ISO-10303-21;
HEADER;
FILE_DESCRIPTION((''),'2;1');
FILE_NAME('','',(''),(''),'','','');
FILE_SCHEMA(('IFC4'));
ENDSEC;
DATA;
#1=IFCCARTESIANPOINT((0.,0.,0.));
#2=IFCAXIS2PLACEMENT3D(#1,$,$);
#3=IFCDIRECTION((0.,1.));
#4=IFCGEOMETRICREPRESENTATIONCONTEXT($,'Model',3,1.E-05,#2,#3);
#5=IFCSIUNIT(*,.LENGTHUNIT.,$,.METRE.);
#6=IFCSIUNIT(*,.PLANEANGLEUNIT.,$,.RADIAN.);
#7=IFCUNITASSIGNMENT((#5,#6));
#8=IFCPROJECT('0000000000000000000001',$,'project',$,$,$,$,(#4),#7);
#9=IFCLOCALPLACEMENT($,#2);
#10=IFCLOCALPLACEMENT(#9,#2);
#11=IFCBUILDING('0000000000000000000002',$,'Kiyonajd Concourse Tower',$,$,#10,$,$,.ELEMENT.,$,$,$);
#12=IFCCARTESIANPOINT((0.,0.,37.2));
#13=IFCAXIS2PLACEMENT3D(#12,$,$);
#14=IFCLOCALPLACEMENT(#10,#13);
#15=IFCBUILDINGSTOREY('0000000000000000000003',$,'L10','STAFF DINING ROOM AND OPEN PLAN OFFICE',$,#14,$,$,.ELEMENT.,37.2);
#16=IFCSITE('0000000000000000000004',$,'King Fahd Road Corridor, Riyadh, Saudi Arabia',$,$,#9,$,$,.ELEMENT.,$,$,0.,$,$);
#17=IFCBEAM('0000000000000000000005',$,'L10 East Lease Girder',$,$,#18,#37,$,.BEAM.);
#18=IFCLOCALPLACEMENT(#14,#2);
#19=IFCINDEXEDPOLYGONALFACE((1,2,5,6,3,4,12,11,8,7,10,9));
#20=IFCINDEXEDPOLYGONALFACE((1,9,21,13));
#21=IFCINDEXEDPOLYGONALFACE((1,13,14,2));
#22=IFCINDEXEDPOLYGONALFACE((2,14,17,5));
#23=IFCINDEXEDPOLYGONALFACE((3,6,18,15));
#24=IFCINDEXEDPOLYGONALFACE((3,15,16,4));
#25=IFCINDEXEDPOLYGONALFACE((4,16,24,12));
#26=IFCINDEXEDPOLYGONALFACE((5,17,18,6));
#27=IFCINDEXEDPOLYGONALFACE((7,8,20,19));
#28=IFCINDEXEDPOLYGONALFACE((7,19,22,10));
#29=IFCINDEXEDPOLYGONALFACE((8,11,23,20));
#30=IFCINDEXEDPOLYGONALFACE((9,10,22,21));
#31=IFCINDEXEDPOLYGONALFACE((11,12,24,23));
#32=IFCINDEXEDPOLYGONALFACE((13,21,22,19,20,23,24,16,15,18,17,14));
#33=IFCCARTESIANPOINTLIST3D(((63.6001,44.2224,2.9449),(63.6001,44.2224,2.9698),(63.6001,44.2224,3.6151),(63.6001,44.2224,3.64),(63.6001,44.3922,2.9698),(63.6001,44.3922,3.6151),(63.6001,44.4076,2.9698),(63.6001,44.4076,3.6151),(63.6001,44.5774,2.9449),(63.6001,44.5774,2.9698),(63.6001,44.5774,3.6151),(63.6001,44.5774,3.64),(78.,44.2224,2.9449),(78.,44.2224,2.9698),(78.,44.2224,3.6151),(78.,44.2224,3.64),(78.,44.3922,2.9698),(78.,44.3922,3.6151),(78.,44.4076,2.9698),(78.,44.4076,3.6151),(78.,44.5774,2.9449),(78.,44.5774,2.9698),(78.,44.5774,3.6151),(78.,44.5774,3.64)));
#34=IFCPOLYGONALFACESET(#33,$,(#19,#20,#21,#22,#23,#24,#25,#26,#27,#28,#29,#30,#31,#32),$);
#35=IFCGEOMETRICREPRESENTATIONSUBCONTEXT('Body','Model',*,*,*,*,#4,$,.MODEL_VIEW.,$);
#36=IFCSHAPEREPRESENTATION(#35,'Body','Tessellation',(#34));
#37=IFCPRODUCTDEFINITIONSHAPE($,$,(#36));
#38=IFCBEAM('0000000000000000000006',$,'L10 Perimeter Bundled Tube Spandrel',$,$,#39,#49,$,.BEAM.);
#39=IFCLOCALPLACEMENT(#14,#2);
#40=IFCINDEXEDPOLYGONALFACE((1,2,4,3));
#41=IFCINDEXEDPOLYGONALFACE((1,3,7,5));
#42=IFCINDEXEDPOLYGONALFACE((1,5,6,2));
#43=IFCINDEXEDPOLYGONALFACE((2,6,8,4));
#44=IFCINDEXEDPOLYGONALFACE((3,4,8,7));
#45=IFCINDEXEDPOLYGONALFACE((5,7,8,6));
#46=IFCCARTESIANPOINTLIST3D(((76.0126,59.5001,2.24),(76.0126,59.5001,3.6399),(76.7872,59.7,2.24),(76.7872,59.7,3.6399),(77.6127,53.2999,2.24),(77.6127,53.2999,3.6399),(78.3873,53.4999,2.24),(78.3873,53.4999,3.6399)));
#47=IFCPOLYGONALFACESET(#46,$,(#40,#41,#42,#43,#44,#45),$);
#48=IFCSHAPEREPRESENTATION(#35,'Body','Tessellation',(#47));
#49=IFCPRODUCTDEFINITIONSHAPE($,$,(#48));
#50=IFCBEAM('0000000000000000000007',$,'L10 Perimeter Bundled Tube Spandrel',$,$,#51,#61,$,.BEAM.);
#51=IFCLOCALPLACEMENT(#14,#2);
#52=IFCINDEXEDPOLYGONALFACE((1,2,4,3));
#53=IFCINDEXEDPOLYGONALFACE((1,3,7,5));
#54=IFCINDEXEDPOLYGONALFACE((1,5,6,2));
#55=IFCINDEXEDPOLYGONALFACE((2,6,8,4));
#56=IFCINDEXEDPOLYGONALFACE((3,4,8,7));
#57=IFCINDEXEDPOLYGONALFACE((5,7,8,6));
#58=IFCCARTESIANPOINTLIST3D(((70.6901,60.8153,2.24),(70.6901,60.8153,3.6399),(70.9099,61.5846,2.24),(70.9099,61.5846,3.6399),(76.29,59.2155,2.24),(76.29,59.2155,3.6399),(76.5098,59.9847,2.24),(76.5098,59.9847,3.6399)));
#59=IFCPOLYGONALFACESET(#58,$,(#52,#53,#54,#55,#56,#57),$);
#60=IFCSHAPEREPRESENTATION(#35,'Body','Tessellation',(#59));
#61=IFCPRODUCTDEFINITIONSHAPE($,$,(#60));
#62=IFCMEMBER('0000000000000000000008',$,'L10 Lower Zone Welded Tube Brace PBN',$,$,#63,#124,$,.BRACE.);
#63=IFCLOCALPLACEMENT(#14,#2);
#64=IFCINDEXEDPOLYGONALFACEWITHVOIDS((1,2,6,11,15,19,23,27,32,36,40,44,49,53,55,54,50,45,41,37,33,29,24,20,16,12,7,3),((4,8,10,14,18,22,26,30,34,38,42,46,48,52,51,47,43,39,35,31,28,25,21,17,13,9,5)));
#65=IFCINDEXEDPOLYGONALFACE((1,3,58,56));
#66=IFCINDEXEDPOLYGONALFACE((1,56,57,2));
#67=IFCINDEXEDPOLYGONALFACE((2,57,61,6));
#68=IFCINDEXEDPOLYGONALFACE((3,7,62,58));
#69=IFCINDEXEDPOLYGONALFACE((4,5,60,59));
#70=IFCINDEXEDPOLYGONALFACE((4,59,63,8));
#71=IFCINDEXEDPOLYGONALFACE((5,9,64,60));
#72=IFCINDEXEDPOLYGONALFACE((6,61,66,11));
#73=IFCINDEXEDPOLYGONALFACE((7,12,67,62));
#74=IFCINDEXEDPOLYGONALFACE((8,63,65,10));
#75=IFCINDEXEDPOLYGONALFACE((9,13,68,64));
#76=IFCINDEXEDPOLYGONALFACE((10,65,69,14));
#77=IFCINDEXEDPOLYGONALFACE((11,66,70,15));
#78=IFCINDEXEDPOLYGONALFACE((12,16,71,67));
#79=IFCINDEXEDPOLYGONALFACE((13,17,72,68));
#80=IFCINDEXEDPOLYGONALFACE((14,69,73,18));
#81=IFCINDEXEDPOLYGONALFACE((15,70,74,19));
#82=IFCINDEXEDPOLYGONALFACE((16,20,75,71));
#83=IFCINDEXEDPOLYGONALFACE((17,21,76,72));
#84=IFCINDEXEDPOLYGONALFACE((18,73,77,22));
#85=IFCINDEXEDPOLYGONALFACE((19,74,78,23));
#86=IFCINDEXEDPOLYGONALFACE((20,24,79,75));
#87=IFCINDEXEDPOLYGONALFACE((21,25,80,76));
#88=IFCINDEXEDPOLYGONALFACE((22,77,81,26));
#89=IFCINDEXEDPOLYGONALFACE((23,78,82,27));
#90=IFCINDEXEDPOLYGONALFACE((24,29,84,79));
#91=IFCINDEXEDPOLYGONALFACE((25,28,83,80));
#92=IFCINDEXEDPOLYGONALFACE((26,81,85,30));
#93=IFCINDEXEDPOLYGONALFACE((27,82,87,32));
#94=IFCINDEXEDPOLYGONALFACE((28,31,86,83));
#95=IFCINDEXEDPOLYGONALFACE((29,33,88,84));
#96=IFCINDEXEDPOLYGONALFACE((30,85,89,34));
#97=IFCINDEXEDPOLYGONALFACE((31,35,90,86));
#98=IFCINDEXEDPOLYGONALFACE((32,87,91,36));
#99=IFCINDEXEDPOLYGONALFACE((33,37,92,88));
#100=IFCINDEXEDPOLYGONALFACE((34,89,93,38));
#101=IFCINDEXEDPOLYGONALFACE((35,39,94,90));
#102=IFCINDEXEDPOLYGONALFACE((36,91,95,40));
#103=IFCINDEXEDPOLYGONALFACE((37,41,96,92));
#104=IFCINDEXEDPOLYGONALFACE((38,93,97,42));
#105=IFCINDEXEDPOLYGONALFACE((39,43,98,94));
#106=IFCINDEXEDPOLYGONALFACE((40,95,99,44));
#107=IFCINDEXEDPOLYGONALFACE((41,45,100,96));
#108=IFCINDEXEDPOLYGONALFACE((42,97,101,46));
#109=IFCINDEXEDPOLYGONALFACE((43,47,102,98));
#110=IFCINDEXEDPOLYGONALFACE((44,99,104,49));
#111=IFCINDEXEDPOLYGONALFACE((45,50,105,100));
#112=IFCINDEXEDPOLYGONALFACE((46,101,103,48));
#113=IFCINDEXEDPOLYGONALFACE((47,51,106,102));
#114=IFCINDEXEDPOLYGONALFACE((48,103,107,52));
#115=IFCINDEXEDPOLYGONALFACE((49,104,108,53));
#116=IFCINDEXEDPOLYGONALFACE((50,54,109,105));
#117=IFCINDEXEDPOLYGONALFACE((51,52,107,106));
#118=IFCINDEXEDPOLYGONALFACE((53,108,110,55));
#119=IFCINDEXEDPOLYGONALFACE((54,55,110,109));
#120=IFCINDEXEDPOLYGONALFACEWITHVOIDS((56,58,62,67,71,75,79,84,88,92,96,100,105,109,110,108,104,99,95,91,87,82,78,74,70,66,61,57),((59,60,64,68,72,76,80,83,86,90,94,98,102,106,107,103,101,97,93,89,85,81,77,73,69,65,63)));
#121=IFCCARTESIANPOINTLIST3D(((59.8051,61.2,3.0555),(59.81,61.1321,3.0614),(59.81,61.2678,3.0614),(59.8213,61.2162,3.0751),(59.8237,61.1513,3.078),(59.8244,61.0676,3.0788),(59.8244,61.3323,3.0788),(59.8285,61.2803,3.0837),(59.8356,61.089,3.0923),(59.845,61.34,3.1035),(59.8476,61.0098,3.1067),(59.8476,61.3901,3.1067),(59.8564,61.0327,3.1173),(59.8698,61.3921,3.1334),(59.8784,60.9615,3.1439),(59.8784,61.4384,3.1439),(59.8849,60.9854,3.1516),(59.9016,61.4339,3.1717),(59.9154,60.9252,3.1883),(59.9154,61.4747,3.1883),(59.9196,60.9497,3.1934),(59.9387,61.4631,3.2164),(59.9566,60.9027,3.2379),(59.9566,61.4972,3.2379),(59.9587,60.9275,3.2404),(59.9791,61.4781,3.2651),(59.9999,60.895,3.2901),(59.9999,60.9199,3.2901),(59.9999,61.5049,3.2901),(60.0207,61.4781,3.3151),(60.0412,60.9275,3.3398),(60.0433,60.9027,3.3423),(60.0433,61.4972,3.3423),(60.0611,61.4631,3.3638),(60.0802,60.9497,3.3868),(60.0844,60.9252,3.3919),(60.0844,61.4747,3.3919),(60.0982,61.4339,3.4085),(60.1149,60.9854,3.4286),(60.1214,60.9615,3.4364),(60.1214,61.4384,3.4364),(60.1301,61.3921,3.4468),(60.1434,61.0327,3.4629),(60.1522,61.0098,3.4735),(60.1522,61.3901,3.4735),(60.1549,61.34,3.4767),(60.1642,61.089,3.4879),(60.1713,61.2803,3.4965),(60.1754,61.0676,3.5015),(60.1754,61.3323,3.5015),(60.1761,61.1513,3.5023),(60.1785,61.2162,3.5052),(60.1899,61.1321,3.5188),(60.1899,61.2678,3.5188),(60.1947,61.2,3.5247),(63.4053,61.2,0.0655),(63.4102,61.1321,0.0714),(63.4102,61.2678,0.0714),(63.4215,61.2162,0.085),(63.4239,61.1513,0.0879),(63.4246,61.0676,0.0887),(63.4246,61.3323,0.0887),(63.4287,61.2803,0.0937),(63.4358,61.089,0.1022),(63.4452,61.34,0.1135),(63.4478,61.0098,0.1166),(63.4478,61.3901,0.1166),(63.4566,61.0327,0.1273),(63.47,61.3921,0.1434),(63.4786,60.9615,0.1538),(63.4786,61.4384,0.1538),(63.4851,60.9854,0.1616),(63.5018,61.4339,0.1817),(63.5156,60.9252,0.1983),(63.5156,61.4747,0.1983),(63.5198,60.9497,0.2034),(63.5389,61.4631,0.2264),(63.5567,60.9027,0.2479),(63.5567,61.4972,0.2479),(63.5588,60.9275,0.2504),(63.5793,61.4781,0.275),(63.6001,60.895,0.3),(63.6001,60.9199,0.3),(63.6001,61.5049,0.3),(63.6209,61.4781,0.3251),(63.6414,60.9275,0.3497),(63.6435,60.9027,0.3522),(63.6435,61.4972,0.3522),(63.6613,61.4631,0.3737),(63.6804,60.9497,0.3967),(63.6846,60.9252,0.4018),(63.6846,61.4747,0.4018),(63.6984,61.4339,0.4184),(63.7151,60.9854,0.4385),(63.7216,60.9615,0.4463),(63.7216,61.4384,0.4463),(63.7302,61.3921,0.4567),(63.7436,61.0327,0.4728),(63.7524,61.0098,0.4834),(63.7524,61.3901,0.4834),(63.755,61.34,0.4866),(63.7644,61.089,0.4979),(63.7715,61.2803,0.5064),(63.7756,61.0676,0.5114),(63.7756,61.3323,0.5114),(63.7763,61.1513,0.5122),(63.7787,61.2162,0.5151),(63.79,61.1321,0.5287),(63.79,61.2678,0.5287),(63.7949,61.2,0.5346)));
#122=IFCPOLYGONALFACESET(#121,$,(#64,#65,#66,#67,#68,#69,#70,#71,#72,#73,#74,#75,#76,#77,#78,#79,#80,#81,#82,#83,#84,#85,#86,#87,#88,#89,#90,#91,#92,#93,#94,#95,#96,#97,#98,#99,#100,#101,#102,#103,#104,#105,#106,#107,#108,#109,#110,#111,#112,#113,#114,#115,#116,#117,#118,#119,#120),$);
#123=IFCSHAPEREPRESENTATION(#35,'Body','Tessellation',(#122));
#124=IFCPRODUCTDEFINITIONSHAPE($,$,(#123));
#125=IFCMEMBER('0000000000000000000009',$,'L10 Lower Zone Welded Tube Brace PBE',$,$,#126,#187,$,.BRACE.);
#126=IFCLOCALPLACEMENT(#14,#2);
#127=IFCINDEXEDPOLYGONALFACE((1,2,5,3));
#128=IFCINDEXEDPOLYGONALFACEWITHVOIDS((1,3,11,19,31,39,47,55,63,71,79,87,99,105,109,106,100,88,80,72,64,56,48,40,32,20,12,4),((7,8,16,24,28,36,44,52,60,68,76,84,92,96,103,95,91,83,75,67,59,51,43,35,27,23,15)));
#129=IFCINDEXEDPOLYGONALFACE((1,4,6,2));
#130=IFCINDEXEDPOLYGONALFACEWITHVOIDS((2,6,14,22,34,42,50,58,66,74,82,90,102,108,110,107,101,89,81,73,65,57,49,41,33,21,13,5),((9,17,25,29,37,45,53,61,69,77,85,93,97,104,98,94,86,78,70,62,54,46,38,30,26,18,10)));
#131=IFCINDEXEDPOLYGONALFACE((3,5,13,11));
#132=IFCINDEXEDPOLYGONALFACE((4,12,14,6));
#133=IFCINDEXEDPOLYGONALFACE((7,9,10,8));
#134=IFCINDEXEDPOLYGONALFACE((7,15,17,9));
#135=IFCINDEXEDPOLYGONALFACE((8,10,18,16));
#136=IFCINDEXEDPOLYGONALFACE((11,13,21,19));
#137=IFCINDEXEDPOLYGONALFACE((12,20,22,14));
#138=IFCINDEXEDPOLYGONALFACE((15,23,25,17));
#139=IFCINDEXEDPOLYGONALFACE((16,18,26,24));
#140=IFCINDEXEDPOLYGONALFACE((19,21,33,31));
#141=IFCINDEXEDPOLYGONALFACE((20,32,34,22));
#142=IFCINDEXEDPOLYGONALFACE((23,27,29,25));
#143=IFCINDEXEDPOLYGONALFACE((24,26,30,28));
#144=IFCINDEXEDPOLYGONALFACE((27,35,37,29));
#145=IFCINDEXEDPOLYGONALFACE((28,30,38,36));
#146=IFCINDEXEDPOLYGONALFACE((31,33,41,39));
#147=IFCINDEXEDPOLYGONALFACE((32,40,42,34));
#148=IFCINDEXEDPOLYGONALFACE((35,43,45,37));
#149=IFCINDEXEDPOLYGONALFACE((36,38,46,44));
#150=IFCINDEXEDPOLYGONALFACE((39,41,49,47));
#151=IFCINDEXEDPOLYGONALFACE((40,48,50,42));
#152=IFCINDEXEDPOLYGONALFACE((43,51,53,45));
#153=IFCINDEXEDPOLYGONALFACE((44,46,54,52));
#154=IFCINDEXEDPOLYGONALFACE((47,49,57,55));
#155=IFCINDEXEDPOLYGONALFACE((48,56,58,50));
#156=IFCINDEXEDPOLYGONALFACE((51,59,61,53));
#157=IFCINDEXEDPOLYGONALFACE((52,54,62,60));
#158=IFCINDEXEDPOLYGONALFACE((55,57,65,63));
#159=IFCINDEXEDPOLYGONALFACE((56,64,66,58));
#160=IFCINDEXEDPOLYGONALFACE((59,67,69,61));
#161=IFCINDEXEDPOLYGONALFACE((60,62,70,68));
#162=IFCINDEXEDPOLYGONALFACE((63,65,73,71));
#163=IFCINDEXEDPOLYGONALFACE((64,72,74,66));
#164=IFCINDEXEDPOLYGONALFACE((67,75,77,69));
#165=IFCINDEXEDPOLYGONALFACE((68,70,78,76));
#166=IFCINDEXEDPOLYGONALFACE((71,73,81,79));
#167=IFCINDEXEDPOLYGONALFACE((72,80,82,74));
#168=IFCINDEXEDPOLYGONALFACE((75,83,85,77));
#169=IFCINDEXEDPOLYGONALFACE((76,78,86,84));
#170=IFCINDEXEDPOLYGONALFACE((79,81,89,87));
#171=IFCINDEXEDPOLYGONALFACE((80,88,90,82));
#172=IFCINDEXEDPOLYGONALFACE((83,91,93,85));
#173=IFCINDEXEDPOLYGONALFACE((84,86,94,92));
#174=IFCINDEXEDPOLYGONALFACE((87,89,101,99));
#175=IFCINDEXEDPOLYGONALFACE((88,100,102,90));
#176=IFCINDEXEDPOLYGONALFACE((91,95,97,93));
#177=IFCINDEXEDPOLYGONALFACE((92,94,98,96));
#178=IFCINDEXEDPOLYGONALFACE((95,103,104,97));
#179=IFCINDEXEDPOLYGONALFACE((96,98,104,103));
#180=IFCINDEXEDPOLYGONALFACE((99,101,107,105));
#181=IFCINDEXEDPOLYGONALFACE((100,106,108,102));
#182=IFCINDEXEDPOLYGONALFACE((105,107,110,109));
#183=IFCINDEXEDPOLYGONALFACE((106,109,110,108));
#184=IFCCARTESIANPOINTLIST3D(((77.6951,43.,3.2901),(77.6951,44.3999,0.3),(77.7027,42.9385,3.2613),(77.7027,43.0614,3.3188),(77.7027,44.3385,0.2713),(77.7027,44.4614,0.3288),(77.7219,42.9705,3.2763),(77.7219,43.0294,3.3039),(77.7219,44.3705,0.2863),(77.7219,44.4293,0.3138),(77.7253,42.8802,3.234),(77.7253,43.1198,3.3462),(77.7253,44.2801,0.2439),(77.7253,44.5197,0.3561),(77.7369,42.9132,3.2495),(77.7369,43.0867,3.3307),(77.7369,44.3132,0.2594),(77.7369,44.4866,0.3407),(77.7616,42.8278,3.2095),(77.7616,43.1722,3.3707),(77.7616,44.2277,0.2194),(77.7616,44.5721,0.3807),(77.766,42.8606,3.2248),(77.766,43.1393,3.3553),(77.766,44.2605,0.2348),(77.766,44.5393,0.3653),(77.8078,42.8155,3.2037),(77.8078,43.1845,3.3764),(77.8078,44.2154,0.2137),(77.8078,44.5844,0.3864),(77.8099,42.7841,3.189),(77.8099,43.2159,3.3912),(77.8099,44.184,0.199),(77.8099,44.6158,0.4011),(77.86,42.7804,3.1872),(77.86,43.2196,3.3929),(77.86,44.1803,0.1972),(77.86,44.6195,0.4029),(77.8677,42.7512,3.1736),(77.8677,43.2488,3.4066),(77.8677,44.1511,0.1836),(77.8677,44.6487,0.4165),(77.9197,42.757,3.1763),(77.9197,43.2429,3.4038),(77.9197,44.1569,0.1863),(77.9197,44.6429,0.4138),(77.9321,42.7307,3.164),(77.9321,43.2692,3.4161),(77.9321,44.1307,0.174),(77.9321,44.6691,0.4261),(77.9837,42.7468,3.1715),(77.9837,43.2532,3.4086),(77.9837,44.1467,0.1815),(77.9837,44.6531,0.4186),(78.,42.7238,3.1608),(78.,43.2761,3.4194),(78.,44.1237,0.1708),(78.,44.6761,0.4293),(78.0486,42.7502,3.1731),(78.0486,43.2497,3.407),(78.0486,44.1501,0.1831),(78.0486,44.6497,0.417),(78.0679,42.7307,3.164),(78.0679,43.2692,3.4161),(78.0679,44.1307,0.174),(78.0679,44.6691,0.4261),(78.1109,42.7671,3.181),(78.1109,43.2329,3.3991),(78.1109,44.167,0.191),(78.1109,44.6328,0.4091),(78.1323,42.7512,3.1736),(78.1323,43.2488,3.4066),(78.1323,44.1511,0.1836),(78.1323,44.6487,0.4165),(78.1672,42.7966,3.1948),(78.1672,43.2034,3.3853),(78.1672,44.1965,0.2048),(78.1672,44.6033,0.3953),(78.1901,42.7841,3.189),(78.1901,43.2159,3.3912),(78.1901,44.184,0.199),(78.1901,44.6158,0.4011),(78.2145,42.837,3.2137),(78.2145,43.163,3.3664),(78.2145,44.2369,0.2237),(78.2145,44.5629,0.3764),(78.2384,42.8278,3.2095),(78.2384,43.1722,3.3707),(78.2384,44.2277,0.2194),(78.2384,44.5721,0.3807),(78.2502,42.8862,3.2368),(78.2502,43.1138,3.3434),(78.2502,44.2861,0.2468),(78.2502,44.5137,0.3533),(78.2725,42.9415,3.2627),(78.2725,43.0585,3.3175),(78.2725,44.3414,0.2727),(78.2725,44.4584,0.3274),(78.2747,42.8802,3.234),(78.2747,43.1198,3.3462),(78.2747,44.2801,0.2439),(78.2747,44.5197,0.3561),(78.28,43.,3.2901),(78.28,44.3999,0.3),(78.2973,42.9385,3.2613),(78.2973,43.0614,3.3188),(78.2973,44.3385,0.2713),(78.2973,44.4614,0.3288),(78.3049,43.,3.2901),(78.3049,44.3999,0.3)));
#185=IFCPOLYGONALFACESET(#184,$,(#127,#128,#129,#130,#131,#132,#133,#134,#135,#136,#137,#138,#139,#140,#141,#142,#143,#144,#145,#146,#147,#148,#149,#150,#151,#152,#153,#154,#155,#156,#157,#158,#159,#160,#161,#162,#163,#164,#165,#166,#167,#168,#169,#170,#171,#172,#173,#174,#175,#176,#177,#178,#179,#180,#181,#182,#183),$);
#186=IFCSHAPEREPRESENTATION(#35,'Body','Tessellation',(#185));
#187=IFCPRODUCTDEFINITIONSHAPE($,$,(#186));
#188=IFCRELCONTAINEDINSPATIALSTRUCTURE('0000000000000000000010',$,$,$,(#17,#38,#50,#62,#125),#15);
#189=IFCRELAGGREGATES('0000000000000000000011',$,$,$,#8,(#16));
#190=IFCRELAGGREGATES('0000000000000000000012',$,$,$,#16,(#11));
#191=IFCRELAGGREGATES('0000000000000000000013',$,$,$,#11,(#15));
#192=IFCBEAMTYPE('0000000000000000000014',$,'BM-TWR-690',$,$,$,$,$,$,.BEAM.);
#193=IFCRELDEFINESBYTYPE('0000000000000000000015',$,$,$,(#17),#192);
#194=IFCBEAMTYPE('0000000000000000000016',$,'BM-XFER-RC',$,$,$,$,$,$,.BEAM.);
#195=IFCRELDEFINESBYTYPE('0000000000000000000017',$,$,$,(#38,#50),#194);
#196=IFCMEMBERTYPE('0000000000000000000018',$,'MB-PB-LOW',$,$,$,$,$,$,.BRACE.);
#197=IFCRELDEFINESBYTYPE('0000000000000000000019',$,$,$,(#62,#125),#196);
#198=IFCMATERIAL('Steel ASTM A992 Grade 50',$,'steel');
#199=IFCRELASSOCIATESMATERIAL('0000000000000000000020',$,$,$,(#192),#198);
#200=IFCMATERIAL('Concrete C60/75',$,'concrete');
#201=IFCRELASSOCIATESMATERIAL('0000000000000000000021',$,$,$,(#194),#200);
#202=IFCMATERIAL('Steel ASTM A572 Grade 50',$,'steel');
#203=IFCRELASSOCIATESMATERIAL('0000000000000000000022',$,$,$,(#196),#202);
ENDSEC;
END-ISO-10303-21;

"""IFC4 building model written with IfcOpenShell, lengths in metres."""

from ifc_helpers import new_model, si_unit, direction, frame, origin, origin_2d, place, context, subcontext, project, spatial, rectangle, hollow_circle, i_section, extrude, material, material_profile, profile_set, type_object, element, save


model = new_model("IFC4")

# Units and contexts
model_context = context("Model", 3, precision=1e-05, world=origin(), true_north=direction((0.0, 1.0)))
body_context = subcontext(model_context, "Body", "Model", "MODEL_VIEW")
ifc_project = project(units=[si_unit("LENGTHUNIT", "METRE"), si_unit("PLANEANGLEUNIT", "RADIAN")], contexts=[model_context])

# Site, building, storey
site_placement = place(None, origin())
site = spatial("IfcSite", under=ifc_project, at=site_placement, Name="King Fahd Road Corridor, Riyadh, Saudi Arabia", CompositionType="ELEMENT", RefElevation=0.0)
building_placement = place(site_placement, origin())
building = spatial("IfcBuilding", under=site, at=building_placement, Name="Kiyonajd Concourse Tower", CompositionType="ELEMENT")
storey_placement = place(building_placement, frame((0.0, 0.0, 37.2)))
storey = spatial("IfcBuildingStorey", under=building, at=storey_placement, Name="L10", Description="STAFF DINING ROOM AND OPEN PLAN OFFICE", CompositionType="ELEMENT", Elevation=37.2)

# Beams
ifc_material_1 = material(Name="Steel ASTM A992 Grade 50", Category="steel")
ifc_material_profile_1 = material_profile(ifc_material_1, i_section(OverallWidth=0.355, OverallDepth=0.6951, WebThickness=0.0154, FlangeThickness=0.0249, at=origin_2d()), Name="W690X217")
ifc_profile_set_1 = profile_set([ifc_material_profile_1], Name="Steel ASTM A992 Grade 50")
beam_type_1 = type_object("IfcBeamType", Name="BM-TWR-690", PredefinedType="BEAM", material=ifc_profile_set_1)
beam_1_placement = place(storey_placement, frame((63.6001, 44.3999, 3.2925), z_axis=(1.0, 0.0, 0.0), x_axis=(0.0, 1.0, 0.0)))
element("IfcBeam", 1, at=beam_1_placement, inside=storey, type_object=beam_type_1, Name="L10 East Lease Girder", PredefinedType="BEAM", context=body_context, shape_type="SweptSolid", body=[
    extrude(i_section(OverallWidth=0.355, OverallDepth=0.6951, WebThickness=0.0154, FlangeThickness=0.0249, at=origin_2d()), origin(), (0.0, 0.0, 1.0), 14.3999),
])
ifc_material_2 = material(Name="Concrete C60/75", Category="concrete")
ifc_material_profile_2 = material_profile(ifc_material_2, rectangle(XDim=0.8, YDim=1.3999, at=origin_2d()), Name="RCBM-800x1400")
ifc_profile_set_2 = profile_set([ifc_material_profile_2], Name="Concrete C60/75")
beam_type_2 = type_object("IfcBeamType", Name="BM-XFER-RC", PredefinedType="BEAM", material=ifc_profile_set_2)
beam_2_placement = place(storey_placement, frame((78.0, 53.3999, 2.9399), z_axis=(-0.249885, 0.968276, 0.0), x_axis=(-0.968276, -0.249885, 0.0)))
element("IfcBeam", 2, at=beam_2_placement, inside=storey, type_object=beam_type_2, Name="L10 Perimeter Bundled Tube Spandrel", PredefinedType="BEAM", context=body_context, shape_type="SweptSolid", body=[
    extrude(rectangle(XDim=0.8, YDim=1.3999, at=origin_2d()), origin(), (0.0, 0.0, 1.0), 6.4033),
])
beam_3_placement = place(storey_placement, frame((76.3999, 59.6001, 2.9399), z_axis=(-0.961529, 0.274705, 0.0), x_axis=(-0.274705, -0.961529, 0.0)))
element("IfcBeam", 3, at=beam_3_placement, inside=storey, type_object=beam_type_2, Name="L10 Perimeter Bundled Tube Spandrel", PredefinedType="BEAM", context=body_context, shape_type="SweptSolid", body=[
    extrude(rectangle(XDim=0.8, YDim=1.3999, at=origin_2d()), origin(), (0.0, 0.0, 1.0), 5.824),
])

# Members
ifc_material_3 = material(Name="Steel ASTM A572 Grade 50", Category="steel")
ifc_material_profile_3 = material_profile(ifc_material_3, hollow_circle(Radius=0.3049, WallThickness=0.0249, at=origin_2d()), Name="CHS-610x25")
ifc_profile_set_3 = profile_set([ifc_material_profile_3], Name="Steel ASTM A572 Grade 50")
member_type = type_object("IfcMemberType", Name="MB-PB-LOW", PredefinedType="BRACE", material=ifc_profile_set_3)
member_1_placement = place(storey_placement, frame((63.6001, 61.2, 0.3), z_axis=(-0.769281, 0.0, 0.638911), x_axis=(0.0, -1.0, 0.0)))
element("IfcMember", 4, at=member_1_placement, inside=storey, type_object=member_type, Name="L10 Lower Zone Welded Tube Brace PBN", PredefinedType="BRACE", context=body_context, shape_type="SweptSolid", body=[
    extrude(hollow_circle(Radius=0.3049, WallThickness=0.0249, at=origin_2d()), origin(), (0.0, 0.0, 1.0), 4.6799),
])
member_2_placement = place(storey_placement, frame((78.0, 44.3999, 0.3), z_axis=(0.0, -0.424023, 0.905652), x_axis=(1.0, 0.0, 0.0)))
element("IfcMember", 5, at=member_2_placement, inside=storey, type_object=member_type, Name="L10 Lower Zone Welded Tube Brace PBE", PredefinedType="BRACE", context=body_context, shape_type="SweptSolid", body=[
    extrude(hollow_circle(Radius=0.3049, WallThickness=0.0249, at=origin_2d()), origin(), (0.0, 0.0, 1.0), 3.3015),
])

save(model, "model.ifc")
